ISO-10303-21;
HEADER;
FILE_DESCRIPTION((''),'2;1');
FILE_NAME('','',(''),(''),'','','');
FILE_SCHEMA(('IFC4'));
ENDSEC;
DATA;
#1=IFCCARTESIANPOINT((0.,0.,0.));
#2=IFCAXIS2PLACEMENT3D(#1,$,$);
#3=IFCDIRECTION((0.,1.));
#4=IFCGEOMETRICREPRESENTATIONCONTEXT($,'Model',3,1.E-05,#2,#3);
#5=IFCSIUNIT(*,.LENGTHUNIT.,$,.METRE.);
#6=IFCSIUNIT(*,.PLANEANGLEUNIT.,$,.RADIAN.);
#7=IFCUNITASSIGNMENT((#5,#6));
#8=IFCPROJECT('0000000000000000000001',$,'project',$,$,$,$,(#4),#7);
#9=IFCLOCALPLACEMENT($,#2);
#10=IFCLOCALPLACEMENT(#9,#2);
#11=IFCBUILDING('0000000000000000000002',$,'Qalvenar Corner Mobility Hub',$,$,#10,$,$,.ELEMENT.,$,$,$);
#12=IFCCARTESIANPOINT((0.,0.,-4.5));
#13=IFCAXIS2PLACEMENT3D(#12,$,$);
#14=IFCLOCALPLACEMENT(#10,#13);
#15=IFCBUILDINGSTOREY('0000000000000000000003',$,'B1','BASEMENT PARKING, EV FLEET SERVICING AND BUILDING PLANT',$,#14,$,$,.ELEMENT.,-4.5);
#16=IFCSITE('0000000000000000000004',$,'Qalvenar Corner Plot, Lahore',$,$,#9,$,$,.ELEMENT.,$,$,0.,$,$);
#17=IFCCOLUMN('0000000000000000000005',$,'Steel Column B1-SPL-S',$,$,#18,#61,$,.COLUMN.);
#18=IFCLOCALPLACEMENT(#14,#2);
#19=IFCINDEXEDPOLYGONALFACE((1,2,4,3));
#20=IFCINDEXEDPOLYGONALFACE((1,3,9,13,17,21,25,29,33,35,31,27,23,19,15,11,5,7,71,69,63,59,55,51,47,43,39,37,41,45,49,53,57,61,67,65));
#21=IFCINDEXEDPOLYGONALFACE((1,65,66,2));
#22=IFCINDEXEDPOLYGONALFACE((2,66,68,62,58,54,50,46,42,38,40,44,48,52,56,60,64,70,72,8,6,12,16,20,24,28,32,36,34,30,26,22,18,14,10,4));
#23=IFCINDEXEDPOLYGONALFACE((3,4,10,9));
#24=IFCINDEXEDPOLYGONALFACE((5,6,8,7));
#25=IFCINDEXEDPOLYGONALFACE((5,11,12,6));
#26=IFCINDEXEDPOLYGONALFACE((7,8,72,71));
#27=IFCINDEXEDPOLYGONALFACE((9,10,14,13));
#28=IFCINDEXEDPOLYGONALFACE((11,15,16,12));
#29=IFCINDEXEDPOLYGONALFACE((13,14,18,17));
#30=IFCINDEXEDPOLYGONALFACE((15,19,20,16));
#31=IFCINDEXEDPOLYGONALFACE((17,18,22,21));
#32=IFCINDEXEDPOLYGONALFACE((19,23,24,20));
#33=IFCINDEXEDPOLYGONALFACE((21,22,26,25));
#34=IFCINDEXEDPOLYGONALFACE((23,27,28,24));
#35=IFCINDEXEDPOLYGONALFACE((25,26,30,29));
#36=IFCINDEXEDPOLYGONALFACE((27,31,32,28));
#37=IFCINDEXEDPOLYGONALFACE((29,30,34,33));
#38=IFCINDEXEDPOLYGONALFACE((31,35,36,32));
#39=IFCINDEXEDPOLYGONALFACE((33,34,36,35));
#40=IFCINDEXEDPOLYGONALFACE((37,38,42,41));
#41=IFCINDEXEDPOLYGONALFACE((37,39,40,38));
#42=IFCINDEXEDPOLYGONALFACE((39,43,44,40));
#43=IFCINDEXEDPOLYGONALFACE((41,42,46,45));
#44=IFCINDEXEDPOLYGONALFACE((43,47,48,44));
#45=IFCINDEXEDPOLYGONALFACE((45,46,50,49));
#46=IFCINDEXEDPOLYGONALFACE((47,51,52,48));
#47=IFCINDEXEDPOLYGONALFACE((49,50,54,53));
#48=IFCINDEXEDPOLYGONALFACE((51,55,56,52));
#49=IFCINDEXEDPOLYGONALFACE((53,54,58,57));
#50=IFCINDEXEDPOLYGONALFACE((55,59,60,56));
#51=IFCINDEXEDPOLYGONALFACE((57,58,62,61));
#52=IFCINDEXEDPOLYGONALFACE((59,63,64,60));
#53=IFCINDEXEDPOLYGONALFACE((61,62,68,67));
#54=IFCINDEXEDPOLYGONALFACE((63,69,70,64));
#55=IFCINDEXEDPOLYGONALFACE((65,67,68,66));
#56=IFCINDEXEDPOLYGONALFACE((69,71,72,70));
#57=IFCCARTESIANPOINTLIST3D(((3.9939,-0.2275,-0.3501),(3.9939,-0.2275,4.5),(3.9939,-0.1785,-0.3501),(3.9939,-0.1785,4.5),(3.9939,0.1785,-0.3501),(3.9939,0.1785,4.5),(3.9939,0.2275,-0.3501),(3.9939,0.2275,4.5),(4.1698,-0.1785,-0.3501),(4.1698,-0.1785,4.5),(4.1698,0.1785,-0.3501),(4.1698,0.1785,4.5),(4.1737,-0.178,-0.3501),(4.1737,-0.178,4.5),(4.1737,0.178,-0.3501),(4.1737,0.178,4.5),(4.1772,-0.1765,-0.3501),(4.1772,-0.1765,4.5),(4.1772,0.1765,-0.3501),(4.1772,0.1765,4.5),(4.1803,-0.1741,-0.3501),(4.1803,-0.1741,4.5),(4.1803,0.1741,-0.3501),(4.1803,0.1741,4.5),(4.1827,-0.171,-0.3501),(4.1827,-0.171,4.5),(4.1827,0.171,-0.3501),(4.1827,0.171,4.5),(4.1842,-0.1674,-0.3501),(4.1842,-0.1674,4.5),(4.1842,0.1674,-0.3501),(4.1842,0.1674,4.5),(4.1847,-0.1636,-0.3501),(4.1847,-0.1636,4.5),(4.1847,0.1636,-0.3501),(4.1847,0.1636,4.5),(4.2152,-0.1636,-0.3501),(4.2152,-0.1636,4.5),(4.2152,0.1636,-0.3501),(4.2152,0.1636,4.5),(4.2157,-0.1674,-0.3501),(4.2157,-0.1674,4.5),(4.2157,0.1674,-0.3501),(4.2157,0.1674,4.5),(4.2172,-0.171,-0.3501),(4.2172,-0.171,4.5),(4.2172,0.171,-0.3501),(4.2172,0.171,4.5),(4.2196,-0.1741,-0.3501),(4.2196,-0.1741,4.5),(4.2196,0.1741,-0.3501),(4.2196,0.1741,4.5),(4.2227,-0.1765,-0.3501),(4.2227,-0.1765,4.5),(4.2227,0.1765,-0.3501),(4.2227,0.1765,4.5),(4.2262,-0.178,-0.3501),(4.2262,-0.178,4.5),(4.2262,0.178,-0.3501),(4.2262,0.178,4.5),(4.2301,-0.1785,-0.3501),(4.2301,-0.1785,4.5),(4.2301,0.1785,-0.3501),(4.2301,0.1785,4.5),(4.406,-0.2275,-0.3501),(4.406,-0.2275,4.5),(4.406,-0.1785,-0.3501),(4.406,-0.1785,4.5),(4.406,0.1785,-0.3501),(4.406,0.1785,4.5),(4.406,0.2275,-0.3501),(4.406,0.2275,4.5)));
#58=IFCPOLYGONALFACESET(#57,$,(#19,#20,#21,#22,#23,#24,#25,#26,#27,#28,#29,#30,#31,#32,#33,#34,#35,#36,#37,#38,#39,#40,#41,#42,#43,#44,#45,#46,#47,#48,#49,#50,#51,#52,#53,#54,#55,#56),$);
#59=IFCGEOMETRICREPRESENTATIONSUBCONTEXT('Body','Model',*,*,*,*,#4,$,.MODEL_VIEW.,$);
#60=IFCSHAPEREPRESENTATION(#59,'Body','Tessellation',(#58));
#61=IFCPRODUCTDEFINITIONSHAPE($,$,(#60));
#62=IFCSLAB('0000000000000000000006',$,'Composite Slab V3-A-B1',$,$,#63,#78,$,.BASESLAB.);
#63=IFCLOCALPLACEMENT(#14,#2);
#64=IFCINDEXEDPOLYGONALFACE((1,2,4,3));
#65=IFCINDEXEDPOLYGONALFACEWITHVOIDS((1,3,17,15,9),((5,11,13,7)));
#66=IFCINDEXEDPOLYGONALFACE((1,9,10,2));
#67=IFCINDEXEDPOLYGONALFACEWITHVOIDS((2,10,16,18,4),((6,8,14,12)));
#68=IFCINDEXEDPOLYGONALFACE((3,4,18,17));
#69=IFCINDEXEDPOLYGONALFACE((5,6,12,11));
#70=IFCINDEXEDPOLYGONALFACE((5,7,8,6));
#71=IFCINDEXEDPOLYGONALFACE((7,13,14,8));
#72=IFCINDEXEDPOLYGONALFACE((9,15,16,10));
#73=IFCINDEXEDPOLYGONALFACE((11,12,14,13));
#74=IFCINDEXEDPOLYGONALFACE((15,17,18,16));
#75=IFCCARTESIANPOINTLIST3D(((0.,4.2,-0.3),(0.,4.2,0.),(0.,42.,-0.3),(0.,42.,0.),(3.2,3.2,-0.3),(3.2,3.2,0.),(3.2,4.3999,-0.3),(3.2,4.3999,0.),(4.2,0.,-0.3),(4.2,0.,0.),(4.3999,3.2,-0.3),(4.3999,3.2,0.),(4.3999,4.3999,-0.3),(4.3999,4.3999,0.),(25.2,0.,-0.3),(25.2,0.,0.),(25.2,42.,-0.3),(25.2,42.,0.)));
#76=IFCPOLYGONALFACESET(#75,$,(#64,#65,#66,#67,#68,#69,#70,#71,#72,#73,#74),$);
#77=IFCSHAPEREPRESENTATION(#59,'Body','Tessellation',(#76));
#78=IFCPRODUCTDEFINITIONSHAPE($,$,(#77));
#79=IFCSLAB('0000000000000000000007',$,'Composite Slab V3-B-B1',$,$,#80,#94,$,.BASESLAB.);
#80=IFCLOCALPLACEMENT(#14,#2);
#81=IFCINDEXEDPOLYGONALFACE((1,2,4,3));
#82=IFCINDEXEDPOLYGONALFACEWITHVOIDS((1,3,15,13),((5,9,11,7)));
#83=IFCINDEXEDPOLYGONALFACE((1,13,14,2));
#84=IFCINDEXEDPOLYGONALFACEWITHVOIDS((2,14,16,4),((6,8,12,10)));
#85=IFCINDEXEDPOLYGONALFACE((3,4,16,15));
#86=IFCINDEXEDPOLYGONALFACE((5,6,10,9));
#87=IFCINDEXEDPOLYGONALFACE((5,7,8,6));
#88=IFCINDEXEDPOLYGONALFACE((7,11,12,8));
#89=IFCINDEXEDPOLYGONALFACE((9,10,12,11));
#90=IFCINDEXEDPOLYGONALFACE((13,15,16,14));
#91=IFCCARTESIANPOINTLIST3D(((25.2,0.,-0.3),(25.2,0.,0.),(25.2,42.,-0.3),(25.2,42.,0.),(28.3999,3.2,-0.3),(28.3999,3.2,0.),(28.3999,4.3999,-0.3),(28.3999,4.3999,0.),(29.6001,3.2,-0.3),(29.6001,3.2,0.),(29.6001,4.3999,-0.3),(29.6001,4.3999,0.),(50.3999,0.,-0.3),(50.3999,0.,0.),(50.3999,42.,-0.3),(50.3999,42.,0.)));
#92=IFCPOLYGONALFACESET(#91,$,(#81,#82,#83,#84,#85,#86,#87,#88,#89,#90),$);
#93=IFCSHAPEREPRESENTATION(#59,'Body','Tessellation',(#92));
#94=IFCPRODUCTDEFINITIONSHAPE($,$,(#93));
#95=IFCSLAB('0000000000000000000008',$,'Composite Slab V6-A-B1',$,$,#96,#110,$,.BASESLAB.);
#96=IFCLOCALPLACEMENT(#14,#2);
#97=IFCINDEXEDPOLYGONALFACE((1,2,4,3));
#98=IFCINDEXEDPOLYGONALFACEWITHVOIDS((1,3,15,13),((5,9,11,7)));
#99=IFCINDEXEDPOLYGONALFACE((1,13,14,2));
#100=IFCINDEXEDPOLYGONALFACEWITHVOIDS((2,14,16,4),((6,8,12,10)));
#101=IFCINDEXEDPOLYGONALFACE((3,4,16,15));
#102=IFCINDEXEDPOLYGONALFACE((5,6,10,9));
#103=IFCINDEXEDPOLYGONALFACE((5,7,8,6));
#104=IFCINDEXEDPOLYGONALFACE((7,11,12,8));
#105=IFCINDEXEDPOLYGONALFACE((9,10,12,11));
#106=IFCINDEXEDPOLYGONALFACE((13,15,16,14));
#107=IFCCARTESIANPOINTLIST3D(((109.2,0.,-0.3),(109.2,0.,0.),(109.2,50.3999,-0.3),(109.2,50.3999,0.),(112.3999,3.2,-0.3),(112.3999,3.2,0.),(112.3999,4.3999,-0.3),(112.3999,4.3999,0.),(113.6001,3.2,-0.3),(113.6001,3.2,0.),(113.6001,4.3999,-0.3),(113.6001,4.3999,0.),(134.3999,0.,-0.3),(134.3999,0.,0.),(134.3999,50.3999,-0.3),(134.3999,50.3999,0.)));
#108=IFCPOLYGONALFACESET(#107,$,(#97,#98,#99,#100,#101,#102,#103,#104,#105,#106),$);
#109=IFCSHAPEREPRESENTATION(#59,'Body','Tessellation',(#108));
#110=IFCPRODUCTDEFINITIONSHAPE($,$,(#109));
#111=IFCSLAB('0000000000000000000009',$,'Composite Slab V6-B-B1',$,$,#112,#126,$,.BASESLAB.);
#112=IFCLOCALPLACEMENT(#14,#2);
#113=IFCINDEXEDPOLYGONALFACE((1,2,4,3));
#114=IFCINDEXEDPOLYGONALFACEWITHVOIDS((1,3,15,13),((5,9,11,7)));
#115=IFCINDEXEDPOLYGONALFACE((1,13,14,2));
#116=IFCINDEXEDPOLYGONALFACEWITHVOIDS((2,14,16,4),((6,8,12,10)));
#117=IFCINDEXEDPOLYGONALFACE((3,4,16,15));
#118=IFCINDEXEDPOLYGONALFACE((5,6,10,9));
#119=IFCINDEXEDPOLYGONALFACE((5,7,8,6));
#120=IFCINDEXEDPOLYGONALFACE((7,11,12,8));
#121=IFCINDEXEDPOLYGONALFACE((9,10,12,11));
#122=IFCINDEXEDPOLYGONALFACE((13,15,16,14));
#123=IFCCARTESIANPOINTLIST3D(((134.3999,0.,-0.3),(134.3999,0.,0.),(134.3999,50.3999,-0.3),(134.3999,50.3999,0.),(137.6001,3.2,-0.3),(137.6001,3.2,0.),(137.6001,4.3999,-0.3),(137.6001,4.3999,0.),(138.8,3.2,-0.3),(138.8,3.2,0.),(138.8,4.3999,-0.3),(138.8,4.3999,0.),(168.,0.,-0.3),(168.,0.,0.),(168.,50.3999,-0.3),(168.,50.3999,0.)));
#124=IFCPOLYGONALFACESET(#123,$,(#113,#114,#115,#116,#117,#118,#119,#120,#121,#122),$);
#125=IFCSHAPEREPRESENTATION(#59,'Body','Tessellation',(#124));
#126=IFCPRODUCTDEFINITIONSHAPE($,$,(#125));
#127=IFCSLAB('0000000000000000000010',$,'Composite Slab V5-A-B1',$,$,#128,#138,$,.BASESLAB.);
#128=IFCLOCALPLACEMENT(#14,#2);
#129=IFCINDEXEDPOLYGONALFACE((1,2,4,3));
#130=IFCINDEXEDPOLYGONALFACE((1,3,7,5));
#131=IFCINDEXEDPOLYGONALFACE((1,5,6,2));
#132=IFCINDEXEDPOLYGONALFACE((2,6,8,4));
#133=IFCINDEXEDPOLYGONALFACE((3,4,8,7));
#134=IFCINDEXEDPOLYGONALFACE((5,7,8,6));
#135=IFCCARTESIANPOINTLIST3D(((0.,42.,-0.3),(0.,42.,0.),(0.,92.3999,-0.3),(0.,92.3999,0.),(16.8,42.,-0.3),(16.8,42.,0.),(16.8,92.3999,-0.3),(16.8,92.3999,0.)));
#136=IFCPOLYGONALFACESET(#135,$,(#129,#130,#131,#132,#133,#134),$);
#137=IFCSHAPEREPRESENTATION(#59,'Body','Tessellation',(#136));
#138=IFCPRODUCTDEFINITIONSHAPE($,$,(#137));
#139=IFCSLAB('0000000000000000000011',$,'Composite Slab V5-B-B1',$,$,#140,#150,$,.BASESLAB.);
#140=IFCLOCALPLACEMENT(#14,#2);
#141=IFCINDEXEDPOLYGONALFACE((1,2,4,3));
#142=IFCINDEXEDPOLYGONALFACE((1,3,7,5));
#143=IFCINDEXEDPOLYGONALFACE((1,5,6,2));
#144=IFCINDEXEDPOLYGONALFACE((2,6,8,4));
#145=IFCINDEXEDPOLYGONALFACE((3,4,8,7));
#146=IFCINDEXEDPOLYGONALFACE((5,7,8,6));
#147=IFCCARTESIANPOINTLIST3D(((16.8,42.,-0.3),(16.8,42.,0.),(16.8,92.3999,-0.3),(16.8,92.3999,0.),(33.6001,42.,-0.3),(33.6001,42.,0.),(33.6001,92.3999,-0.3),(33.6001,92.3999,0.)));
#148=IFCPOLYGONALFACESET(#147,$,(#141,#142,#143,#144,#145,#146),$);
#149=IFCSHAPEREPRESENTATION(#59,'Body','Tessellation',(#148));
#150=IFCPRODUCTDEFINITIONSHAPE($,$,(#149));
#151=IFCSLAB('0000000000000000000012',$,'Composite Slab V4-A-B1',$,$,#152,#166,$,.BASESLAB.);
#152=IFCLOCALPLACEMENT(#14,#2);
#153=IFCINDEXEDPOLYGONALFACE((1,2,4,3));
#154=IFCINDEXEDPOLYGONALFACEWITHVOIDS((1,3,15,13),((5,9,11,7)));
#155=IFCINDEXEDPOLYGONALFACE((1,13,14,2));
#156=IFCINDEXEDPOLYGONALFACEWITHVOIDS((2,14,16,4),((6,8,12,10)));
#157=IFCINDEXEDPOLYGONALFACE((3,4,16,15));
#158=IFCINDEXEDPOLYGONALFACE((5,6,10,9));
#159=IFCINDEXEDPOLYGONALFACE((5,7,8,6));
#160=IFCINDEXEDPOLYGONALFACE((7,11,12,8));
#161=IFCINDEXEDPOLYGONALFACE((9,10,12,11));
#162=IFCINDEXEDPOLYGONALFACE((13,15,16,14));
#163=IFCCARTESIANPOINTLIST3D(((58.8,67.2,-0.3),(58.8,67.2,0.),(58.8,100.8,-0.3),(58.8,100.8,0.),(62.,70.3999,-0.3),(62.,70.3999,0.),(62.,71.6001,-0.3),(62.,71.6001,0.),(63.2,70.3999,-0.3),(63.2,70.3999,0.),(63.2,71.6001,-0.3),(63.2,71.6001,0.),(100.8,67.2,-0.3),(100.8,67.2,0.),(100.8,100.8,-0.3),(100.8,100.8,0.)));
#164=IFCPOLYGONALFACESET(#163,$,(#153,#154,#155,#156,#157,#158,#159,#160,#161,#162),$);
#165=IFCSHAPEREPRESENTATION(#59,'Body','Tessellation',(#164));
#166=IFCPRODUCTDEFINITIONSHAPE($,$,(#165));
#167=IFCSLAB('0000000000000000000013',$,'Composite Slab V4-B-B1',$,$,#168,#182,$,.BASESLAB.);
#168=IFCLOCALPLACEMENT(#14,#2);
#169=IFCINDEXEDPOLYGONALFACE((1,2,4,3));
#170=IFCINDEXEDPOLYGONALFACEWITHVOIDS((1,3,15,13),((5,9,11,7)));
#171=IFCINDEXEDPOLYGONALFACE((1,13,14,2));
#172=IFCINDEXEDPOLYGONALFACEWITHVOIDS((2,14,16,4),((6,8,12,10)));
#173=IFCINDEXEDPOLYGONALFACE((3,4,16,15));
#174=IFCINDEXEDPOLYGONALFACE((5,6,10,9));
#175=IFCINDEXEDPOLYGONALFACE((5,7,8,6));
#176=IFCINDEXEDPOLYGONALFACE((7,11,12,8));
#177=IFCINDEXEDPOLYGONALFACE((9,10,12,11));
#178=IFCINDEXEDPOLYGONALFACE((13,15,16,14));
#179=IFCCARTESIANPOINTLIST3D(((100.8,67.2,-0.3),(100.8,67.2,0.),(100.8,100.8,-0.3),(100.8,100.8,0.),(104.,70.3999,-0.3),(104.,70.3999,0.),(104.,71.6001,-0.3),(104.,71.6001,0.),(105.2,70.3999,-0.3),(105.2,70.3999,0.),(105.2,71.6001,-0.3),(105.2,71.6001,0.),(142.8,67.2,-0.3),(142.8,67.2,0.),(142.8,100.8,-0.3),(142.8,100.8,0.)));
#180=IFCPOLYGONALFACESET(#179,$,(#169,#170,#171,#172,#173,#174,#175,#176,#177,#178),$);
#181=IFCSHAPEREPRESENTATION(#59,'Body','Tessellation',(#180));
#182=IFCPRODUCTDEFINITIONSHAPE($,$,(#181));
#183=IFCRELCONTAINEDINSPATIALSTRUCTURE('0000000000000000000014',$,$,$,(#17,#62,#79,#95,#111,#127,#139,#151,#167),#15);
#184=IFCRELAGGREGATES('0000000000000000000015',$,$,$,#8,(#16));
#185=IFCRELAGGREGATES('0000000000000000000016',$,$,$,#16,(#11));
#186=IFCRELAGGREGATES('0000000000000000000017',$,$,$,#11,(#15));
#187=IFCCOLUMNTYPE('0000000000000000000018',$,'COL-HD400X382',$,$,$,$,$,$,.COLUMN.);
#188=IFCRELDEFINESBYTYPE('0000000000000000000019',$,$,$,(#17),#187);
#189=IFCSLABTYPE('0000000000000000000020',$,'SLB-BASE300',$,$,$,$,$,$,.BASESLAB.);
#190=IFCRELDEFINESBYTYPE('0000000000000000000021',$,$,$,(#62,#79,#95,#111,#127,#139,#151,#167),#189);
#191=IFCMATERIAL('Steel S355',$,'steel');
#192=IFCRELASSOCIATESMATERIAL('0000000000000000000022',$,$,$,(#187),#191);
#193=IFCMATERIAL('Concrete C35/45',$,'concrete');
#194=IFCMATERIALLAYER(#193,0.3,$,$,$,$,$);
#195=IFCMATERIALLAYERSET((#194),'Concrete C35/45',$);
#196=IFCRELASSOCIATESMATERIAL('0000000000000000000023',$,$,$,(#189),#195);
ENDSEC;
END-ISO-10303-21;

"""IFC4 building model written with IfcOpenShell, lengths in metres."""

from ifc_helpers import new_model, si_unit, direction, frame, origin, origin_2d, place, context, subcontext, project, spatial, polyline, i_section, outline, extrude, material, layer, layer_set, material_profile, profile_set, type_object, element, save


model = new_model("IFC4")

# Units and contexts
model_context = context("Model", 3, precision=1e-05, world=origin(), true_north=direction((0.0, 1.0)))
body_context = subcontext(model_context, "Body", "Model", "MODEL_VIEW")
ifc_project = project(units=[si_unit("LENGTHUNIT", "METRE"), si_unit("PLANEANGLEUNIT", "RADIAN")], contexts=[model_context])

# Site, building, storey
site_placement = place(None, origin())
site = spatial("IfcSite", under=ifc_project, at=site_placement, Name="Qalvenar Corner Plot, Lahore", CompositionType="ELEMENT", RefElevation=0.0)
building_placement = place(site_placement, origin())
building = spatial("IfcBuilding", under=site, at=building_placement, Name="Qalvenar Corner Mobility Hub", CompositionType="ELEMENT")
storey_placement = place(building_placement, frame((0.0, 0.0, -4.5)))
storey = spatial("IfcBuildingStorey", under=building, at=storey_placement, Name="B1", Description="BASEMENT PARKING, EV FLEET SERVICING AND BUILDING PLANT", CompositionType="ELEMENT", Elevation=-4.5)

# Column
ifc_material_1 = material(Name="Steel S355", Category="steel")
ifc_material_profile_1 = material_profile(ifc_material_1, i_section(OverallWidth=0.4121, OverallDepth=0.4551, WebThickness=0.0305, FlangeThickness=0.0491, FilletRadius=0.0149, at=origin_2d()), Name="HD400x421")
ifc_profile_set_1 = profile_set([ifc_material_profile_1], Name="Steel S355")
column_type = type_object("IfcColumnType", Name="COL-HD400X382", PredefinedType="COLUMN", material=ifc_profile_set_1)
for number, where, z_axis, x_axis, name in (
    (1, (4.2, 0.0, -0.3501), (0.0, 0.0, 1.0), (1.0, 0.0, 0.0), "Steel Column B1-SPL-S"),
):
    element("IfcColumn", number, at=place(storey_placement, frame(where, z_axis=z_axis, x_axis=x_axis)), inside=storey, type_object=column_type, Name=name, PredefinedType="COLUMN", context=body_context, shape_type="SweptSolid", body=[
        extrude(i_section(OverallWidth=0.4121, OverallDepth=0.4551, WebThickness=0.0305, FlangeThickness=0.0491, FilletRadius=0.0149, at=origin_2d()), origin(), (0.0, 0.0, 1.0), 4.8501),
    ])

# Slabs
ifc_material_2 = material(Name="Concrete C35/45", Category="concrete")
ifc_layer_1 = layer(ifc_material_2, 0.3)
ifc_layer_set_1 = layer_set([ifc_layer_1], Name="Concrete C35/45")
slab_type_1 = type_object("IfcSlabType", Name="SLB-BASE300", PredefinedType="BASESLAB", material=ifc_layer_set_1)
slab_1_placement = place(storey_placement, frame((0.0, 0.0, -0.3)))
element("IfcSlab", 2, at=slab_1_placement, inside=storey, type_object=slab_type_1, Name="Composite Slab V3-A-B1", PredefinedType="BASESLAB", context=body_context, shape_type="SweptSolid", body=[
    extrude(outline(polyline([(4.2, 0.0), (25.2, 0.0), (25.2, 42.0), (0.0, 42.0), (0.0, 4.2), (4.2, 0.0)]), holes=[polyline([(3.2, 3.2), (4.3999, 3.2), (4.3999, 4.3999), (3.2, 4.3999), (3.2, 3.2)])]), origin(), (0.0, 0.0, 1.0), 0.3),
])
slab_2_placement = place(storey_placement, frame((0.0, 0.0, -0.3)))
element("IfcSlab", 3, at=slab_2_placement, inside=storey, type_object=slab_type_1, Name="Composite Slab V3-B-B1", PredefinedType="BASESLAB", context=body_context, shape_type="SweptSolid", body=[
    extrude(outline(polyline([(25.2, 0.0), (50.3999, 0.0), (50.3999, 42.0), (25.2, 42.0), (25.2, 0.0)]), holes=[polyline([(28.3999, 3.2), (29.6001, 3.2), (29.6001, 4.3999), (28.3999, 4.3999), (28.3999, 3.2)])]), origin(), (0.0, 0.0, 1.0), 0.3),
])
slab_3_placement = place(storey_placement, frame((0.0, 0.0, -0.3)))
element("IfcSlab", 4, at=slab_3_placement, inside=storey, type_object=slab_type_1, Name="Composite Slab V6-A-B1", PredefinedType="BASESLAB", context=body_context, shape_type="SweptSolid", body=[
    extrude(outline(polyline([(109.2, 0.0), (134.3999, 0.0), (134.3999, 50.3999), (109.2, 50.3999), (109.2, 0.0)]), holes=[polyline([(112.3999, 3.2), (113.6001, 3.2), (113.6001, 4.3999), (112.3999, 4.3999), (112.3999, 3.2)])]), origin(), (0.0, 0.0, 1.0), 0.3),
])
slab_4_placement = place(storey_placement, frame((0.0, 0.0, -0.3)))
element("IfcSlab", 5, at=slab_4_placement, inside=storey, type_object=slab_type_1, Name="Composite Slab V6-B-B1", PredefinedType="BASESLAB", context=body_context, shape_type="SweptSolid", body=[
    extrude(outline(polyline([(134.3999, 0.0), (168.0, 0.0), (168.0, 50.3999), (134.3999, 50.3999), (134.3999, 0.0)]), holes=[polyline([(137.6001, 3.2), (138.8, 3.2), (138.8, 4.3999), (137.6001, 4.3999), (137.6001, 3.2)])]), origin(), (0.0, 0.0, 1.0), 0.3),
])
slab_5_placement = place(storey_placement, frame((0.0, 0.0, -0.3)))
element("IfcSlab", 6, at=slab_5_placement, inside=storey, type_object=slab_type_1, Name="Composite Slab V5-A-B1", PredefinedType="BASESLAB", context=body_context, shape_type="SweptSolid", body=[
    extrude(outline(polyline([(0.0, 42.0), (16.8, 42.0), (16.8, 92.3999), (0.0, 92.3999), (0.0, 42.0)])), origin(), (0.0, 0.0, 1.0), 0.3),
])
slab_6_placement = place(storey_placement, frame((0.0, 0.0, -0.3)))
element("IfcSlab", 7, at=slab_6_placement, inside=storey, type_object=slab_type_1, Name="Composite Slab V5-B-B1", PredefinedType="BASESLAB", context=body_context, shape_type="SweptSolid", body=[
    extrude(outline(polyline([(16.8, 42.0), (33.6001, 42.0), (33.6001, 92.3999), (16.8, 92.3999), (16.8, 42.0)])), origin(), (0.0, 0.0, 1.0), 0.3),
])
slab_7_placement = place(storey_placement, frame((0.0, 0.0, -0.3)))
element("IfcSlab", 8, at=slab_7_placement, inside=storey, type_object=slab_type_1, Name="Composite Slab V4-A-B1", PredefinedType="BASESLAB", context=body_context, shape_type="SweptSolid", body=[
    extrude(outline(polyline([(58.8, 67.2), (100.8, 67.2), (100.8, 100.8), (58.8, 100.8), (58.8, 67.2)]), holes=[polyline([(62.0, 70.3999), (63.2, 70.3999), (63.2, 71.6001), (62.0, 71.6001), (62.0, 70.3999)])]), origin(), (0.0, 0.0, 1.0), 0.3),
])
slab_8_placement = place(storey_placement, frame((0.0, 0.0, -0.3)))
element("IfcSlab", 9, at=slab_8_placement, inside=storey, type_object=slab_type_1, Name="Composite Slab V4-B-B1", PredefinedType="BASESLAB", context=body_context, shape_type="SweptSolid", body=[
    extrude(outline(polyline([(100.8, 67.2), (142.8, 67.2), (142.8, 100.8), (100.8, 100.8), (100.8, 67.2)]), holes=[polyline([(104.0, 70.3999), (105.2, 70.3999), (105.2, 71.6001), (104.0, 71.6001), (104.0, 70.3999)])]), origin(), (0.0, 0.0, 1.0), 0.3),
])

save(model, "model.ifc")
